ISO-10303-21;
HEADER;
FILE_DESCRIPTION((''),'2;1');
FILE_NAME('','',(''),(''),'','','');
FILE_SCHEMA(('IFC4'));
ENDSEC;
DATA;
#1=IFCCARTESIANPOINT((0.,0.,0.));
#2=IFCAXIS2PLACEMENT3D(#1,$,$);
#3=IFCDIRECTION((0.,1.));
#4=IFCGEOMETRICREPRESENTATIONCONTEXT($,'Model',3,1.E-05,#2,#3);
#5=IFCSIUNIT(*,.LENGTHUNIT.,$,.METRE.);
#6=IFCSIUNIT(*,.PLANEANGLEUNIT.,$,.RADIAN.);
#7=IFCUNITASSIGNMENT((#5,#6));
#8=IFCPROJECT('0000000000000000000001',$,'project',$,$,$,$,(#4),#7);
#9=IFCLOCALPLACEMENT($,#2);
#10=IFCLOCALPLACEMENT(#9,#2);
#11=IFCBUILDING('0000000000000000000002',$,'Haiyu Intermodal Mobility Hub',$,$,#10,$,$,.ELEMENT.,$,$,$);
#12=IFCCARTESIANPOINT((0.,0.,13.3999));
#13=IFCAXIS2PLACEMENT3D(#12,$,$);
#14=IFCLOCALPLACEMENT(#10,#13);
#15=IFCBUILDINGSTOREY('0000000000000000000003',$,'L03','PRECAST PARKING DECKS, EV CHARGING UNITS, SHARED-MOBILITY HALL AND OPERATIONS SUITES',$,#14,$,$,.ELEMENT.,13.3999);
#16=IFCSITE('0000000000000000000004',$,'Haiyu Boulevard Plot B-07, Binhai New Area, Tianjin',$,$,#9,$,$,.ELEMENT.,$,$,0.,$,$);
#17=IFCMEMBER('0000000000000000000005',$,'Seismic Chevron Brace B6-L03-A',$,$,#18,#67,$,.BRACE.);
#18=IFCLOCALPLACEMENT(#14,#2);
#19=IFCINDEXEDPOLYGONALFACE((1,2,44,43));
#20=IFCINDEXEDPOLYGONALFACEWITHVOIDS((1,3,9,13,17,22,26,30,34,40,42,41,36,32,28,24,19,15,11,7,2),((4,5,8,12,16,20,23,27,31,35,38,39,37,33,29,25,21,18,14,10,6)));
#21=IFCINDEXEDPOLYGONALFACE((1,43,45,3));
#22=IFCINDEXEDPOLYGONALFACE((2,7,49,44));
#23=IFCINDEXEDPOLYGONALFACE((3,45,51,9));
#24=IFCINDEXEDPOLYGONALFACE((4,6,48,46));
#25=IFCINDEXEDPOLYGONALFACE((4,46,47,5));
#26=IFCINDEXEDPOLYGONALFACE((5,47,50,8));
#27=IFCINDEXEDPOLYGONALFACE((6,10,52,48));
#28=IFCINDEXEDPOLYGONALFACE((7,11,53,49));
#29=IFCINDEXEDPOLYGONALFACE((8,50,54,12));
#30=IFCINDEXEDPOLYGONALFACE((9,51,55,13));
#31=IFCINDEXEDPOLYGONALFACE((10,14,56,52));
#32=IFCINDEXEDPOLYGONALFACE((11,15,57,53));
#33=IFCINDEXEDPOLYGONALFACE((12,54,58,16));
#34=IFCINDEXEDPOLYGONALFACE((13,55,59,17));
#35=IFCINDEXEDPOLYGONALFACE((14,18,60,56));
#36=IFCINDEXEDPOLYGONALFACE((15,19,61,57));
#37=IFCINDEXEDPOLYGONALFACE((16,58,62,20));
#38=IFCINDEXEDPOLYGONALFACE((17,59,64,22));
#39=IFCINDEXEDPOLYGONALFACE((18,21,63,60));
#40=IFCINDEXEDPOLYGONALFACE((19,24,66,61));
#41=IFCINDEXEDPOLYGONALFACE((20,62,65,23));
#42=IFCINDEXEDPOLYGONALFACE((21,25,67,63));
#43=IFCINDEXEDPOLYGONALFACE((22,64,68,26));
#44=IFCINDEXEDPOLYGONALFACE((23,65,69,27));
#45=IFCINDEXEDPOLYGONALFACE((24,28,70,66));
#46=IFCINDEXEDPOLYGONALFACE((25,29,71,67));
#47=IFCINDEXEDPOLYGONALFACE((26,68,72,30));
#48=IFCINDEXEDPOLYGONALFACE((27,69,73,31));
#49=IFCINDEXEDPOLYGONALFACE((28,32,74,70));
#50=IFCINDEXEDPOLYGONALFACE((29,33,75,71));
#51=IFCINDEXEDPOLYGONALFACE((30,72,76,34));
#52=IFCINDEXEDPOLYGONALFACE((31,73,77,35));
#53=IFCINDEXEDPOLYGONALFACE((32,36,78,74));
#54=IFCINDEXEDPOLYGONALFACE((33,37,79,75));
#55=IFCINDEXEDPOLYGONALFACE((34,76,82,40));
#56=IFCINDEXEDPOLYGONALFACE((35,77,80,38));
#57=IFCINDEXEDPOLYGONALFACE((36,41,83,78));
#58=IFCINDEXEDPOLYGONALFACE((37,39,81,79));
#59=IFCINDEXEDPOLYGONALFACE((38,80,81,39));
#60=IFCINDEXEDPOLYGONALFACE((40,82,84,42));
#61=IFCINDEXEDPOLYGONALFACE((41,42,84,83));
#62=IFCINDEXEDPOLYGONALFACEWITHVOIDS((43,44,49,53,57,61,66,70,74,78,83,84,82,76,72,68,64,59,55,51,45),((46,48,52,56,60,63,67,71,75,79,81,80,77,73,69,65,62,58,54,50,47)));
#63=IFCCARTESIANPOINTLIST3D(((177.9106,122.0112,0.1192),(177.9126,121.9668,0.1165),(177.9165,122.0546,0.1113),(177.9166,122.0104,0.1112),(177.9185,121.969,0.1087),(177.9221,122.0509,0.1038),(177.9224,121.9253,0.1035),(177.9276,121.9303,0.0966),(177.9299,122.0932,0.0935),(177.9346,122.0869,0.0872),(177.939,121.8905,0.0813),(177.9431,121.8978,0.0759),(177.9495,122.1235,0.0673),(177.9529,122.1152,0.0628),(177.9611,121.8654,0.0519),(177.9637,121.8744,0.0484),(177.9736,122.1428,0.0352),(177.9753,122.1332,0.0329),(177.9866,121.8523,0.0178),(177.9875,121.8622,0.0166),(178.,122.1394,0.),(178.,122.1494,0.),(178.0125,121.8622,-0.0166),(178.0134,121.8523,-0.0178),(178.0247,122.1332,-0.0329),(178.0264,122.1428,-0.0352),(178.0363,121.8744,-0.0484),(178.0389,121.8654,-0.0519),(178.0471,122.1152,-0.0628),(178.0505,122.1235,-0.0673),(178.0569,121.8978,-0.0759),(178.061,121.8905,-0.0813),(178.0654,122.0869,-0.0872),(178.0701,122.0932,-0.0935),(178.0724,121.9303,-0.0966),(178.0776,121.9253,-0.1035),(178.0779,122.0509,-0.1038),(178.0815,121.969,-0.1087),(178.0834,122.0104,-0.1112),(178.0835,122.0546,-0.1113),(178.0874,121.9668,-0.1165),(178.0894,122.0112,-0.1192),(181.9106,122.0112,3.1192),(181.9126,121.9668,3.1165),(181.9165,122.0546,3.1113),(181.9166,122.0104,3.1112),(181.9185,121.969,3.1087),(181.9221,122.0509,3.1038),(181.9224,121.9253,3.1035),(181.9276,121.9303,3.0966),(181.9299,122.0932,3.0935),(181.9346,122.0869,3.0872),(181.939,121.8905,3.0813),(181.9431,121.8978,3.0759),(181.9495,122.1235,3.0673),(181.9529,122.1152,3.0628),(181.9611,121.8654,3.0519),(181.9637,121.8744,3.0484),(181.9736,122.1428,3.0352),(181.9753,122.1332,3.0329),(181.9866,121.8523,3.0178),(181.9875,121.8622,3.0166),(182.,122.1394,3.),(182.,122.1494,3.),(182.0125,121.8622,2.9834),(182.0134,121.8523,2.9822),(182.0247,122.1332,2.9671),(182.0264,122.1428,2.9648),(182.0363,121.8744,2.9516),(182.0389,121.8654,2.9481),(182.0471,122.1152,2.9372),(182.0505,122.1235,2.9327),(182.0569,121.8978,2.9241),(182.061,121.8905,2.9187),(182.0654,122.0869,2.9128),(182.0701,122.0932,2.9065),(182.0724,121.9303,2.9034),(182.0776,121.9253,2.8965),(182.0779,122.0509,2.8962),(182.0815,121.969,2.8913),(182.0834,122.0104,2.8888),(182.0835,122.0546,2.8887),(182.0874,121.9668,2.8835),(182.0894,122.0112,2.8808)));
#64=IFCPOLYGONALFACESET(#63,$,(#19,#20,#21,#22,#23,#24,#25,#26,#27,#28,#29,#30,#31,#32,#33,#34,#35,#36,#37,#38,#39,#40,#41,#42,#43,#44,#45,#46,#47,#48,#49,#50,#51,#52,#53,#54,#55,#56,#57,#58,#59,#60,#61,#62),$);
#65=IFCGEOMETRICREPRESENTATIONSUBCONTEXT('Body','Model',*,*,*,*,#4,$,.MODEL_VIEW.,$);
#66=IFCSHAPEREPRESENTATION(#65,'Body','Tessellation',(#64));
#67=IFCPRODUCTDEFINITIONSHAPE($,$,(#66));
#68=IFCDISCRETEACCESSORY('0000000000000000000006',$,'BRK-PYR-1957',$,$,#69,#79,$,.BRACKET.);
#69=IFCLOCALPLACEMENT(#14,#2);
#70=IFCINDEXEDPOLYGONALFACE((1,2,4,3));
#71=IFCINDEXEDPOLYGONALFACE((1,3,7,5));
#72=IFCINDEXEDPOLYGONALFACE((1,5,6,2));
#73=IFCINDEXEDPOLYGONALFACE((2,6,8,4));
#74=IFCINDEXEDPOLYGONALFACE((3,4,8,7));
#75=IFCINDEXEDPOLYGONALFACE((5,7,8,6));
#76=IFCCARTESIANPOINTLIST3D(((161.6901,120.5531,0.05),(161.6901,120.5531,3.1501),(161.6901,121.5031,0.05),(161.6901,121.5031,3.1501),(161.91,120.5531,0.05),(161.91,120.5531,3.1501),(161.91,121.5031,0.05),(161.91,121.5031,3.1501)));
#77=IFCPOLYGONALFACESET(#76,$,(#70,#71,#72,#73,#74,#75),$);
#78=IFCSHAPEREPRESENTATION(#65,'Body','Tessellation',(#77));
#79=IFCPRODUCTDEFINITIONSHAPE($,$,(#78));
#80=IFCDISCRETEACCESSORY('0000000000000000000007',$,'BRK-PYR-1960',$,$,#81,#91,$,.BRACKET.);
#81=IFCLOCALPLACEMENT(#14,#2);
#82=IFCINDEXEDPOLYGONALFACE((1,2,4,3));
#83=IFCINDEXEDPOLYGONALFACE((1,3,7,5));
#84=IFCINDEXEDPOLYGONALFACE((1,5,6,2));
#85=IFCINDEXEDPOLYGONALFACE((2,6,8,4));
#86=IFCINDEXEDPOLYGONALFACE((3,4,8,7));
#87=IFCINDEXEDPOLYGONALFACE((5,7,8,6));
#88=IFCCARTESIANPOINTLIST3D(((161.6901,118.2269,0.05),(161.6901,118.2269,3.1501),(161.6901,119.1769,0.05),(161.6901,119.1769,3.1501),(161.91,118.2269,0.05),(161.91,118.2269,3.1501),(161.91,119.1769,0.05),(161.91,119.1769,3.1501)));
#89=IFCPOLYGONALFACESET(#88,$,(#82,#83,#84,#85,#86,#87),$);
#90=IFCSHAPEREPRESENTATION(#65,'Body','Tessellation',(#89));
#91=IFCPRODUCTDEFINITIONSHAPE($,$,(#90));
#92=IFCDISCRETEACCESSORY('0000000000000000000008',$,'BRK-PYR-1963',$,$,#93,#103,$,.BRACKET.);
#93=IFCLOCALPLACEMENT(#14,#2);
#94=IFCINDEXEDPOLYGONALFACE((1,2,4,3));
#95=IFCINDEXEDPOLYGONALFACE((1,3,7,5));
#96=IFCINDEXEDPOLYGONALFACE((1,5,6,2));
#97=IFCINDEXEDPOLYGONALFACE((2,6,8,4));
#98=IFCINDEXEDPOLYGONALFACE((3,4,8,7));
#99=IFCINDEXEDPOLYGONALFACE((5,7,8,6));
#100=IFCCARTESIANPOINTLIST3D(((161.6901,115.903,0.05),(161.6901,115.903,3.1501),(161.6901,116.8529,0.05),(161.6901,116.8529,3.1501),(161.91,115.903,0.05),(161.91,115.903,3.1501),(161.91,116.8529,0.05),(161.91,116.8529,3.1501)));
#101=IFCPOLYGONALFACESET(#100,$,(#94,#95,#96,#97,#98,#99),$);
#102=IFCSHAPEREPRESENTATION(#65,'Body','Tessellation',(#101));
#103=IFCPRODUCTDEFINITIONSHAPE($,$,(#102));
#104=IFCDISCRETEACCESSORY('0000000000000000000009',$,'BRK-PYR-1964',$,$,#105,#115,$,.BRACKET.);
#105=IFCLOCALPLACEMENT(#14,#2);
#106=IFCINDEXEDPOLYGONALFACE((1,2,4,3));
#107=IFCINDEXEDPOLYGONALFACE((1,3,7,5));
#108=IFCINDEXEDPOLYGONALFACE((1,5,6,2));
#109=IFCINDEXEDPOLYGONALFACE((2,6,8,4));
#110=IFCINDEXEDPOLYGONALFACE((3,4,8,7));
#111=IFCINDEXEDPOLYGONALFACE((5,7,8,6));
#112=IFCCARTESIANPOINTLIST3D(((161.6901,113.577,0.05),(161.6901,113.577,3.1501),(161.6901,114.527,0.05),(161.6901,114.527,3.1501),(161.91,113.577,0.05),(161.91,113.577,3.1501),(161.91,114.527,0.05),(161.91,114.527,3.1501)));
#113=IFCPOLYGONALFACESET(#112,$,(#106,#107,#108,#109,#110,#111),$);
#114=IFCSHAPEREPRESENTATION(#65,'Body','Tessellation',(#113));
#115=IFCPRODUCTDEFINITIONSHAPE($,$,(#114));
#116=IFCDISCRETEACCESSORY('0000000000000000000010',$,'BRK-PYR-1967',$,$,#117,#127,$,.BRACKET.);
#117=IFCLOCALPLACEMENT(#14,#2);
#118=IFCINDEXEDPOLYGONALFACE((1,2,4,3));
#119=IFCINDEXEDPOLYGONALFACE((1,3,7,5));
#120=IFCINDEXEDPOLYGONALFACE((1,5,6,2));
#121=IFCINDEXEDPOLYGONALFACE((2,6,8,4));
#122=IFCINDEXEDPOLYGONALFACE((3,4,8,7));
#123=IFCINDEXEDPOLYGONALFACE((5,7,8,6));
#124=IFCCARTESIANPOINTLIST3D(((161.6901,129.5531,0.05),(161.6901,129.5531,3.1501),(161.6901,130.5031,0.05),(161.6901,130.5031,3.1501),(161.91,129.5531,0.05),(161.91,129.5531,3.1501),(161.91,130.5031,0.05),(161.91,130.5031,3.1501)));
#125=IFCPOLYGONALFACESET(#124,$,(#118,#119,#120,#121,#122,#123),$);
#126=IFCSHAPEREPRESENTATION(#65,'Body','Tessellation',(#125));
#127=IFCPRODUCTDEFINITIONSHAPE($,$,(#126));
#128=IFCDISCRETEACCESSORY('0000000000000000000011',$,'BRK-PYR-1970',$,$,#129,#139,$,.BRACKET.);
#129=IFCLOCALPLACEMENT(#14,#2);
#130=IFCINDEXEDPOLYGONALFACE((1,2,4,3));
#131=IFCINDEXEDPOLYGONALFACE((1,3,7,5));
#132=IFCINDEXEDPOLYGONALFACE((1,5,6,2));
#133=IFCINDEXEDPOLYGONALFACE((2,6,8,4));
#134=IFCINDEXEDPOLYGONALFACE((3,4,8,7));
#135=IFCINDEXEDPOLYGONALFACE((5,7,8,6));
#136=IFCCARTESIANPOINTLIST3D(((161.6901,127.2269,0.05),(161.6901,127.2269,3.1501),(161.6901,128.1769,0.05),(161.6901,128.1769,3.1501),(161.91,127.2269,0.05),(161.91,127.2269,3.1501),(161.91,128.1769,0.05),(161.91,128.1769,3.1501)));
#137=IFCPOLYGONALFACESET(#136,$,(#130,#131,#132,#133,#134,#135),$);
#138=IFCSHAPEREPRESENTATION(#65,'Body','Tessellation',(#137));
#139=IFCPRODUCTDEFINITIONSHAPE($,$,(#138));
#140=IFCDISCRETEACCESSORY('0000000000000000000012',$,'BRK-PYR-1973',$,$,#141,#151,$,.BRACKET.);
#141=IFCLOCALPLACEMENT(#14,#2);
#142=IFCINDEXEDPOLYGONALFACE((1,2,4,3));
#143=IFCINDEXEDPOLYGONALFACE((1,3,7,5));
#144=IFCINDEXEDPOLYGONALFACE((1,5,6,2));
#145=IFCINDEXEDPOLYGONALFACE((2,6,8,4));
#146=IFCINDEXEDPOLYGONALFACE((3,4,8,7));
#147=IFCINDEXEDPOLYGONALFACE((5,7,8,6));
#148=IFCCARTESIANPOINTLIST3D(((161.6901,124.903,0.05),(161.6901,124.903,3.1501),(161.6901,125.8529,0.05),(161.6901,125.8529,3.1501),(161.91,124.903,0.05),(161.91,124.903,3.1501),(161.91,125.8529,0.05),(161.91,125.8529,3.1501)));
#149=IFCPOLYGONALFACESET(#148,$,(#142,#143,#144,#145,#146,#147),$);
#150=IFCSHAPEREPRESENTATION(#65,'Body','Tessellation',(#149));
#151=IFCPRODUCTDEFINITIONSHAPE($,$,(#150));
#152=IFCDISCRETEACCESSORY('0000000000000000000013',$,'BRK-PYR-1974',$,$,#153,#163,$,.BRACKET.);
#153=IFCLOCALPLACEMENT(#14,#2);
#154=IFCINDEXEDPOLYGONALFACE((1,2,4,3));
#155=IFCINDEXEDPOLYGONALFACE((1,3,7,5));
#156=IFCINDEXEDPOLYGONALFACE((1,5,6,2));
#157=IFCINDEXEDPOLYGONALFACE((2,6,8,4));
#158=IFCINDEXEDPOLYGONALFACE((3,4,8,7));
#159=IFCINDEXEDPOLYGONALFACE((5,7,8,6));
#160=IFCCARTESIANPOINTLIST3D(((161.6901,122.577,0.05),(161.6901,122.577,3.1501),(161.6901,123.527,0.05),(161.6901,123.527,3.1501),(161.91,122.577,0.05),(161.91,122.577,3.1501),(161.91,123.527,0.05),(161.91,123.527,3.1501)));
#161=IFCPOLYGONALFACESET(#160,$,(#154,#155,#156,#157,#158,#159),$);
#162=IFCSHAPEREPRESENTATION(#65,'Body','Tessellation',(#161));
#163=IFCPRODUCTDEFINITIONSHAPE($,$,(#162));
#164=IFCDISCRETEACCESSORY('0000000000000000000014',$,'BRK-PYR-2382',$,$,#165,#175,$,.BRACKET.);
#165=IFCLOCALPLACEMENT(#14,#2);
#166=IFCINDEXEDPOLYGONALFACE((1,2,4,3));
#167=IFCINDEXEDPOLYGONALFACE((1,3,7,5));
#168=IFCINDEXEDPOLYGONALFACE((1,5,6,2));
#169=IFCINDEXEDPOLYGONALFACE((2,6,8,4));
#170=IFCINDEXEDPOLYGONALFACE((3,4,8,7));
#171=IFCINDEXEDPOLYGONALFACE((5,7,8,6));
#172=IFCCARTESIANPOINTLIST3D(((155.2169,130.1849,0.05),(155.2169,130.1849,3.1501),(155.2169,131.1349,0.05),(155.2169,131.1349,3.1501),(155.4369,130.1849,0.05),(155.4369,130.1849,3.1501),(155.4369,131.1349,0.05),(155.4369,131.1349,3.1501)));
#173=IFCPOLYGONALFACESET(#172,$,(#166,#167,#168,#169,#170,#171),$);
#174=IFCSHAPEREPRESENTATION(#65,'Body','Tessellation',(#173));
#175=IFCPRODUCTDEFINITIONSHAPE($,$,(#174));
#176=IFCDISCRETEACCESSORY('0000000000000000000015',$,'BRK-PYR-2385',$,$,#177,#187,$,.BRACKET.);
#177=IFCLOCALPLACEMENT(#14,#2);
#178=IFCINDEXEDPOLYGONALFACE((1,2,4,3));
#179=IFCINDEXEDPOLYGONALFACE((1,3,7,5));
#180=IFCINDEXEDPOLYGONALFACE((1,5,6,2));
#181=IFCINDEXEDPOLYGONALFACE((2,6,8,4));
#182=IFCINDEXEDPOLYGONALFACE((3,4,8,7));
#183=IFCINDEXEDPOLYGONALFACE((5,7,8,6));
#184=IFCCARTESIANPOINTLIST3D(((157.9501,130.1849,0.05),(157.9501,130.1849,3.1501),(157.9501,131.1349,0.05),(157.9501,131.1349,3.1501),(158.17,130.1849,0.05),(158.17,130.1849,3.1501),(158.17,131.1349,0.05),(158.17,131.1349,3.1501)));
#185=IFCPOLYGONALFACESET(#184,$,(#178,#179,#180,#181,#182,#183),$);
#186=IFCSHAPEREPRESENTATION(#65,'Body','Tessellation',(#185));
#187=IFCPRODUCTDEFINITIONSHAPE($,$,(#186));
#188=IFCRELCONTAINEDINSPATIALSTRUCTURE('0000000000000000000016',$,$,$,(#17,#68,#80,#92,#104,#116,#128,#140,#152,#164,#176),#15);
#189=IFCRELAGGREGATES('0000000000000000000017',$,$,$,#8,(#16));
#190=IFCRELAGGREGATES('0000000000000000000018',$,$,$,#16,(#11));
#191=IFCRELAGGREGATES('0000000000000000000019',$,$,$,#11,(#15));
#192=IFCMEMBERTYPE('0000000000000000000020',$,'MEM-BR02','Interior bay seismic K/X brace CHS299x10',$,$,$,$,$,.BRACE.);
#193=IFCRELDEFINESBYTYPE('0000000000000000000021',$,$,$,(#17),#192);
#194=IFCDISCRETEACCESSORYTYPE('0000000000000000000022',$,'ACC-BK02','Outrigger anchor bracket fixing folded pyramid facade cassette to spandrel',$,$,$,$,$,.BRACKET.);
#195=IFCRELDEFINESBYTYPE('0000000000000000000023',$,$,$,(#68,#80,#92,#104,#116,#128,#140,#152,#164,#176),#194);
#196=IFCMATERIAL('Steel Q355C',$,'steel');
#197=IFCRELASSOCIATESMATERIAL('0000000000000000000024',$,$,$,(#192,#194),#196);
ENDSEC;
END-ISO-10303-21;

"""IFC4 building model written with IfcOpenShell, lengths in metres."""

from ifc_helpers import new_model, si_unit, direction, frame, origin, origin_2d, place, context, subcontext, project, spatial, rectangle, hollow_circle, extrude, material, material_profile, profile_set, type_object, element, save


model = new_model("IFC4")

# Units and contexts
model_context = context("Model", 3, precision=1e-05, world=origin(), true_north=direction((0.0, 1.0)))
body_context = subcontext(model_context, "Body", "Model", "MODEL_VIEW")
ifc_project = project(units=[si_unit("LENGTHUNIT", "METRE"), si_unit("PLANEANGLEUNIT", "RADIAN")], contexts=[model_context])

# Site, building, storey
site_placement = place(None, origin())
site = spatial("IfcSite", under=ifc_project, at=site_placement, Name="Haiyu Boulevard Plot B-07, Binhai New Area, Tianjin", CompositionType="ELEMENT", RefElevation=0.0)
building_placement = place(site_placement, origin())
building = spatial("IfcBuilding", under=site, at=building_placement, Name="Haiyu Intermodal Mobility Hub", CompositionType="ELEMENT")
storey_placement = place(building_placement, frame((0.0, 0.0, 13.3999)))
storey = spatial("IfcBuildingStorey", under=building, at=storey_placement, Name="L03", Description="PRECAST PARKING DECKS, EV CHARGING UNITS, SHARED-MOBILITY HALL AND OPERATIONS SUITES", CompositionType="ELEMENT", Elevation=13.3999)

# Member
ifc_material_1 = material(Name="Steel Q355C", Category="steel")
ifc_material_profile_1 = material_profile(ifc_material_1, hollow_circle(Radius=0.1494, WallThickness=0.01, at=origin_2d()), Name="CHS299x10")
ifc_profile_set_1 = profile_set([ifc_material_profile_1], Name="Steel Q355C")
member_type = type_object("IfcMemberType", Name="MEM-BR02", Description="Interior bay seismic K/X brace CHS299x10", PredefinedType="BRACE", material=ifc_profile_set_1)
member_placement = place(storey_placement, frame((178.0, 122.0, 0.0), z_axis=(0.8, 0.0, 0.6), x_axis=(0.0, 1.0, 0.0)))
element("IfcMember", 1, at=member_placement, inside=storey, type_object=member_type, Name="Seismic Chevron Brace B6-L03-A", PredefinedType="BRACE", context=body_context, shape_type="SweptSolid", body=[
    extrude(hollow_circle(Radius=0.1494, WallThickness=0.01, at=origin_2d()), origin(), (0.0, 0.0, 1.0), 5.0),
])

# Discrete accessories
discrete_accessory_type = type_object("IfcDiscreteAccessoryType", Name="ACC-BK02", Description="Outrigger anchor bracket fixing folded pyramid facade cassette to spandrel", PredefinedType="BRACKET", material=ifc_material_1)
for number, where, z_axis, x_axis, name in (
    (2, (161.8, 121.0281, 0.05), (0.0, 0.0, 1.0), (1.0, 0.0, 0.0), "BRK-PYR-1957"),
    (3, (161.8, 118.7019, 0.05), (0.0, 0.0, 1.0), (1.0, 0.0, 0.0), "BRK-PYR-1960"),
    (4, (161.8, 116.3779, 0.05), (0.0, 0.0, 1.0), (1.0, 0.0, 0.0), "BRK-PYR-1963"),
    (5, (161.8, 114.052, 0.05), (0.0, 0.0, 1.0), (1.0, 0.0, 0.0), "BRK-PYR-1964"),
    (6, (161.8, 130.0281, 0.05), (0.0, 0.0, 1.0), (1.0, 0.0, 0.0), "BRK-PYR-1967"),
    (7, (161.8, 127.7019, 0.05), (0.0, 0.0, 1.0), (1.0, 0.0, 0.0), "BRK-PYR-1970"),
    (8, (161.8, 125.3779, 0.05), (0.0, 0.0, 1.0), (1.0, 0.0, 0.0), "BRK-PYR-1973"),
    (9, (161.8, 123.052, 0.05), (0.0, 0.0, 1.0), (1.0, 0.0, 0.0), "BRK-PYR-1974"),
    (10, (155.3269, 130.6599, 0.05), (0.0, 0.0, 1.0), (1.0, 0.0, 0.0), "BRK-PYR-2382"),
    (11, (158.0601, 130.6599, 0.05), (0.0, 0.0, 1.0), (1.0, 0.0, 0.0), "BRK-PYR-2385"),
):
    element("IfcDiscreteAccessory", number, at=place(storey_placement, frame(where, z_axis=z_axis, x_axis=x_axis)), inside=storey, type_object=discrete_accessory_type, Name=name, PredefinedType="BRACKET", context=body_context, shape_type="SweptSolid", body=[
        extrude(rectangle(XDim=0.22, YDim=0.95, at=origin_2d()), origin(), (0.0, 0.0, 1.0), 3.1001),
    ])

save(model, "model.ifc")
